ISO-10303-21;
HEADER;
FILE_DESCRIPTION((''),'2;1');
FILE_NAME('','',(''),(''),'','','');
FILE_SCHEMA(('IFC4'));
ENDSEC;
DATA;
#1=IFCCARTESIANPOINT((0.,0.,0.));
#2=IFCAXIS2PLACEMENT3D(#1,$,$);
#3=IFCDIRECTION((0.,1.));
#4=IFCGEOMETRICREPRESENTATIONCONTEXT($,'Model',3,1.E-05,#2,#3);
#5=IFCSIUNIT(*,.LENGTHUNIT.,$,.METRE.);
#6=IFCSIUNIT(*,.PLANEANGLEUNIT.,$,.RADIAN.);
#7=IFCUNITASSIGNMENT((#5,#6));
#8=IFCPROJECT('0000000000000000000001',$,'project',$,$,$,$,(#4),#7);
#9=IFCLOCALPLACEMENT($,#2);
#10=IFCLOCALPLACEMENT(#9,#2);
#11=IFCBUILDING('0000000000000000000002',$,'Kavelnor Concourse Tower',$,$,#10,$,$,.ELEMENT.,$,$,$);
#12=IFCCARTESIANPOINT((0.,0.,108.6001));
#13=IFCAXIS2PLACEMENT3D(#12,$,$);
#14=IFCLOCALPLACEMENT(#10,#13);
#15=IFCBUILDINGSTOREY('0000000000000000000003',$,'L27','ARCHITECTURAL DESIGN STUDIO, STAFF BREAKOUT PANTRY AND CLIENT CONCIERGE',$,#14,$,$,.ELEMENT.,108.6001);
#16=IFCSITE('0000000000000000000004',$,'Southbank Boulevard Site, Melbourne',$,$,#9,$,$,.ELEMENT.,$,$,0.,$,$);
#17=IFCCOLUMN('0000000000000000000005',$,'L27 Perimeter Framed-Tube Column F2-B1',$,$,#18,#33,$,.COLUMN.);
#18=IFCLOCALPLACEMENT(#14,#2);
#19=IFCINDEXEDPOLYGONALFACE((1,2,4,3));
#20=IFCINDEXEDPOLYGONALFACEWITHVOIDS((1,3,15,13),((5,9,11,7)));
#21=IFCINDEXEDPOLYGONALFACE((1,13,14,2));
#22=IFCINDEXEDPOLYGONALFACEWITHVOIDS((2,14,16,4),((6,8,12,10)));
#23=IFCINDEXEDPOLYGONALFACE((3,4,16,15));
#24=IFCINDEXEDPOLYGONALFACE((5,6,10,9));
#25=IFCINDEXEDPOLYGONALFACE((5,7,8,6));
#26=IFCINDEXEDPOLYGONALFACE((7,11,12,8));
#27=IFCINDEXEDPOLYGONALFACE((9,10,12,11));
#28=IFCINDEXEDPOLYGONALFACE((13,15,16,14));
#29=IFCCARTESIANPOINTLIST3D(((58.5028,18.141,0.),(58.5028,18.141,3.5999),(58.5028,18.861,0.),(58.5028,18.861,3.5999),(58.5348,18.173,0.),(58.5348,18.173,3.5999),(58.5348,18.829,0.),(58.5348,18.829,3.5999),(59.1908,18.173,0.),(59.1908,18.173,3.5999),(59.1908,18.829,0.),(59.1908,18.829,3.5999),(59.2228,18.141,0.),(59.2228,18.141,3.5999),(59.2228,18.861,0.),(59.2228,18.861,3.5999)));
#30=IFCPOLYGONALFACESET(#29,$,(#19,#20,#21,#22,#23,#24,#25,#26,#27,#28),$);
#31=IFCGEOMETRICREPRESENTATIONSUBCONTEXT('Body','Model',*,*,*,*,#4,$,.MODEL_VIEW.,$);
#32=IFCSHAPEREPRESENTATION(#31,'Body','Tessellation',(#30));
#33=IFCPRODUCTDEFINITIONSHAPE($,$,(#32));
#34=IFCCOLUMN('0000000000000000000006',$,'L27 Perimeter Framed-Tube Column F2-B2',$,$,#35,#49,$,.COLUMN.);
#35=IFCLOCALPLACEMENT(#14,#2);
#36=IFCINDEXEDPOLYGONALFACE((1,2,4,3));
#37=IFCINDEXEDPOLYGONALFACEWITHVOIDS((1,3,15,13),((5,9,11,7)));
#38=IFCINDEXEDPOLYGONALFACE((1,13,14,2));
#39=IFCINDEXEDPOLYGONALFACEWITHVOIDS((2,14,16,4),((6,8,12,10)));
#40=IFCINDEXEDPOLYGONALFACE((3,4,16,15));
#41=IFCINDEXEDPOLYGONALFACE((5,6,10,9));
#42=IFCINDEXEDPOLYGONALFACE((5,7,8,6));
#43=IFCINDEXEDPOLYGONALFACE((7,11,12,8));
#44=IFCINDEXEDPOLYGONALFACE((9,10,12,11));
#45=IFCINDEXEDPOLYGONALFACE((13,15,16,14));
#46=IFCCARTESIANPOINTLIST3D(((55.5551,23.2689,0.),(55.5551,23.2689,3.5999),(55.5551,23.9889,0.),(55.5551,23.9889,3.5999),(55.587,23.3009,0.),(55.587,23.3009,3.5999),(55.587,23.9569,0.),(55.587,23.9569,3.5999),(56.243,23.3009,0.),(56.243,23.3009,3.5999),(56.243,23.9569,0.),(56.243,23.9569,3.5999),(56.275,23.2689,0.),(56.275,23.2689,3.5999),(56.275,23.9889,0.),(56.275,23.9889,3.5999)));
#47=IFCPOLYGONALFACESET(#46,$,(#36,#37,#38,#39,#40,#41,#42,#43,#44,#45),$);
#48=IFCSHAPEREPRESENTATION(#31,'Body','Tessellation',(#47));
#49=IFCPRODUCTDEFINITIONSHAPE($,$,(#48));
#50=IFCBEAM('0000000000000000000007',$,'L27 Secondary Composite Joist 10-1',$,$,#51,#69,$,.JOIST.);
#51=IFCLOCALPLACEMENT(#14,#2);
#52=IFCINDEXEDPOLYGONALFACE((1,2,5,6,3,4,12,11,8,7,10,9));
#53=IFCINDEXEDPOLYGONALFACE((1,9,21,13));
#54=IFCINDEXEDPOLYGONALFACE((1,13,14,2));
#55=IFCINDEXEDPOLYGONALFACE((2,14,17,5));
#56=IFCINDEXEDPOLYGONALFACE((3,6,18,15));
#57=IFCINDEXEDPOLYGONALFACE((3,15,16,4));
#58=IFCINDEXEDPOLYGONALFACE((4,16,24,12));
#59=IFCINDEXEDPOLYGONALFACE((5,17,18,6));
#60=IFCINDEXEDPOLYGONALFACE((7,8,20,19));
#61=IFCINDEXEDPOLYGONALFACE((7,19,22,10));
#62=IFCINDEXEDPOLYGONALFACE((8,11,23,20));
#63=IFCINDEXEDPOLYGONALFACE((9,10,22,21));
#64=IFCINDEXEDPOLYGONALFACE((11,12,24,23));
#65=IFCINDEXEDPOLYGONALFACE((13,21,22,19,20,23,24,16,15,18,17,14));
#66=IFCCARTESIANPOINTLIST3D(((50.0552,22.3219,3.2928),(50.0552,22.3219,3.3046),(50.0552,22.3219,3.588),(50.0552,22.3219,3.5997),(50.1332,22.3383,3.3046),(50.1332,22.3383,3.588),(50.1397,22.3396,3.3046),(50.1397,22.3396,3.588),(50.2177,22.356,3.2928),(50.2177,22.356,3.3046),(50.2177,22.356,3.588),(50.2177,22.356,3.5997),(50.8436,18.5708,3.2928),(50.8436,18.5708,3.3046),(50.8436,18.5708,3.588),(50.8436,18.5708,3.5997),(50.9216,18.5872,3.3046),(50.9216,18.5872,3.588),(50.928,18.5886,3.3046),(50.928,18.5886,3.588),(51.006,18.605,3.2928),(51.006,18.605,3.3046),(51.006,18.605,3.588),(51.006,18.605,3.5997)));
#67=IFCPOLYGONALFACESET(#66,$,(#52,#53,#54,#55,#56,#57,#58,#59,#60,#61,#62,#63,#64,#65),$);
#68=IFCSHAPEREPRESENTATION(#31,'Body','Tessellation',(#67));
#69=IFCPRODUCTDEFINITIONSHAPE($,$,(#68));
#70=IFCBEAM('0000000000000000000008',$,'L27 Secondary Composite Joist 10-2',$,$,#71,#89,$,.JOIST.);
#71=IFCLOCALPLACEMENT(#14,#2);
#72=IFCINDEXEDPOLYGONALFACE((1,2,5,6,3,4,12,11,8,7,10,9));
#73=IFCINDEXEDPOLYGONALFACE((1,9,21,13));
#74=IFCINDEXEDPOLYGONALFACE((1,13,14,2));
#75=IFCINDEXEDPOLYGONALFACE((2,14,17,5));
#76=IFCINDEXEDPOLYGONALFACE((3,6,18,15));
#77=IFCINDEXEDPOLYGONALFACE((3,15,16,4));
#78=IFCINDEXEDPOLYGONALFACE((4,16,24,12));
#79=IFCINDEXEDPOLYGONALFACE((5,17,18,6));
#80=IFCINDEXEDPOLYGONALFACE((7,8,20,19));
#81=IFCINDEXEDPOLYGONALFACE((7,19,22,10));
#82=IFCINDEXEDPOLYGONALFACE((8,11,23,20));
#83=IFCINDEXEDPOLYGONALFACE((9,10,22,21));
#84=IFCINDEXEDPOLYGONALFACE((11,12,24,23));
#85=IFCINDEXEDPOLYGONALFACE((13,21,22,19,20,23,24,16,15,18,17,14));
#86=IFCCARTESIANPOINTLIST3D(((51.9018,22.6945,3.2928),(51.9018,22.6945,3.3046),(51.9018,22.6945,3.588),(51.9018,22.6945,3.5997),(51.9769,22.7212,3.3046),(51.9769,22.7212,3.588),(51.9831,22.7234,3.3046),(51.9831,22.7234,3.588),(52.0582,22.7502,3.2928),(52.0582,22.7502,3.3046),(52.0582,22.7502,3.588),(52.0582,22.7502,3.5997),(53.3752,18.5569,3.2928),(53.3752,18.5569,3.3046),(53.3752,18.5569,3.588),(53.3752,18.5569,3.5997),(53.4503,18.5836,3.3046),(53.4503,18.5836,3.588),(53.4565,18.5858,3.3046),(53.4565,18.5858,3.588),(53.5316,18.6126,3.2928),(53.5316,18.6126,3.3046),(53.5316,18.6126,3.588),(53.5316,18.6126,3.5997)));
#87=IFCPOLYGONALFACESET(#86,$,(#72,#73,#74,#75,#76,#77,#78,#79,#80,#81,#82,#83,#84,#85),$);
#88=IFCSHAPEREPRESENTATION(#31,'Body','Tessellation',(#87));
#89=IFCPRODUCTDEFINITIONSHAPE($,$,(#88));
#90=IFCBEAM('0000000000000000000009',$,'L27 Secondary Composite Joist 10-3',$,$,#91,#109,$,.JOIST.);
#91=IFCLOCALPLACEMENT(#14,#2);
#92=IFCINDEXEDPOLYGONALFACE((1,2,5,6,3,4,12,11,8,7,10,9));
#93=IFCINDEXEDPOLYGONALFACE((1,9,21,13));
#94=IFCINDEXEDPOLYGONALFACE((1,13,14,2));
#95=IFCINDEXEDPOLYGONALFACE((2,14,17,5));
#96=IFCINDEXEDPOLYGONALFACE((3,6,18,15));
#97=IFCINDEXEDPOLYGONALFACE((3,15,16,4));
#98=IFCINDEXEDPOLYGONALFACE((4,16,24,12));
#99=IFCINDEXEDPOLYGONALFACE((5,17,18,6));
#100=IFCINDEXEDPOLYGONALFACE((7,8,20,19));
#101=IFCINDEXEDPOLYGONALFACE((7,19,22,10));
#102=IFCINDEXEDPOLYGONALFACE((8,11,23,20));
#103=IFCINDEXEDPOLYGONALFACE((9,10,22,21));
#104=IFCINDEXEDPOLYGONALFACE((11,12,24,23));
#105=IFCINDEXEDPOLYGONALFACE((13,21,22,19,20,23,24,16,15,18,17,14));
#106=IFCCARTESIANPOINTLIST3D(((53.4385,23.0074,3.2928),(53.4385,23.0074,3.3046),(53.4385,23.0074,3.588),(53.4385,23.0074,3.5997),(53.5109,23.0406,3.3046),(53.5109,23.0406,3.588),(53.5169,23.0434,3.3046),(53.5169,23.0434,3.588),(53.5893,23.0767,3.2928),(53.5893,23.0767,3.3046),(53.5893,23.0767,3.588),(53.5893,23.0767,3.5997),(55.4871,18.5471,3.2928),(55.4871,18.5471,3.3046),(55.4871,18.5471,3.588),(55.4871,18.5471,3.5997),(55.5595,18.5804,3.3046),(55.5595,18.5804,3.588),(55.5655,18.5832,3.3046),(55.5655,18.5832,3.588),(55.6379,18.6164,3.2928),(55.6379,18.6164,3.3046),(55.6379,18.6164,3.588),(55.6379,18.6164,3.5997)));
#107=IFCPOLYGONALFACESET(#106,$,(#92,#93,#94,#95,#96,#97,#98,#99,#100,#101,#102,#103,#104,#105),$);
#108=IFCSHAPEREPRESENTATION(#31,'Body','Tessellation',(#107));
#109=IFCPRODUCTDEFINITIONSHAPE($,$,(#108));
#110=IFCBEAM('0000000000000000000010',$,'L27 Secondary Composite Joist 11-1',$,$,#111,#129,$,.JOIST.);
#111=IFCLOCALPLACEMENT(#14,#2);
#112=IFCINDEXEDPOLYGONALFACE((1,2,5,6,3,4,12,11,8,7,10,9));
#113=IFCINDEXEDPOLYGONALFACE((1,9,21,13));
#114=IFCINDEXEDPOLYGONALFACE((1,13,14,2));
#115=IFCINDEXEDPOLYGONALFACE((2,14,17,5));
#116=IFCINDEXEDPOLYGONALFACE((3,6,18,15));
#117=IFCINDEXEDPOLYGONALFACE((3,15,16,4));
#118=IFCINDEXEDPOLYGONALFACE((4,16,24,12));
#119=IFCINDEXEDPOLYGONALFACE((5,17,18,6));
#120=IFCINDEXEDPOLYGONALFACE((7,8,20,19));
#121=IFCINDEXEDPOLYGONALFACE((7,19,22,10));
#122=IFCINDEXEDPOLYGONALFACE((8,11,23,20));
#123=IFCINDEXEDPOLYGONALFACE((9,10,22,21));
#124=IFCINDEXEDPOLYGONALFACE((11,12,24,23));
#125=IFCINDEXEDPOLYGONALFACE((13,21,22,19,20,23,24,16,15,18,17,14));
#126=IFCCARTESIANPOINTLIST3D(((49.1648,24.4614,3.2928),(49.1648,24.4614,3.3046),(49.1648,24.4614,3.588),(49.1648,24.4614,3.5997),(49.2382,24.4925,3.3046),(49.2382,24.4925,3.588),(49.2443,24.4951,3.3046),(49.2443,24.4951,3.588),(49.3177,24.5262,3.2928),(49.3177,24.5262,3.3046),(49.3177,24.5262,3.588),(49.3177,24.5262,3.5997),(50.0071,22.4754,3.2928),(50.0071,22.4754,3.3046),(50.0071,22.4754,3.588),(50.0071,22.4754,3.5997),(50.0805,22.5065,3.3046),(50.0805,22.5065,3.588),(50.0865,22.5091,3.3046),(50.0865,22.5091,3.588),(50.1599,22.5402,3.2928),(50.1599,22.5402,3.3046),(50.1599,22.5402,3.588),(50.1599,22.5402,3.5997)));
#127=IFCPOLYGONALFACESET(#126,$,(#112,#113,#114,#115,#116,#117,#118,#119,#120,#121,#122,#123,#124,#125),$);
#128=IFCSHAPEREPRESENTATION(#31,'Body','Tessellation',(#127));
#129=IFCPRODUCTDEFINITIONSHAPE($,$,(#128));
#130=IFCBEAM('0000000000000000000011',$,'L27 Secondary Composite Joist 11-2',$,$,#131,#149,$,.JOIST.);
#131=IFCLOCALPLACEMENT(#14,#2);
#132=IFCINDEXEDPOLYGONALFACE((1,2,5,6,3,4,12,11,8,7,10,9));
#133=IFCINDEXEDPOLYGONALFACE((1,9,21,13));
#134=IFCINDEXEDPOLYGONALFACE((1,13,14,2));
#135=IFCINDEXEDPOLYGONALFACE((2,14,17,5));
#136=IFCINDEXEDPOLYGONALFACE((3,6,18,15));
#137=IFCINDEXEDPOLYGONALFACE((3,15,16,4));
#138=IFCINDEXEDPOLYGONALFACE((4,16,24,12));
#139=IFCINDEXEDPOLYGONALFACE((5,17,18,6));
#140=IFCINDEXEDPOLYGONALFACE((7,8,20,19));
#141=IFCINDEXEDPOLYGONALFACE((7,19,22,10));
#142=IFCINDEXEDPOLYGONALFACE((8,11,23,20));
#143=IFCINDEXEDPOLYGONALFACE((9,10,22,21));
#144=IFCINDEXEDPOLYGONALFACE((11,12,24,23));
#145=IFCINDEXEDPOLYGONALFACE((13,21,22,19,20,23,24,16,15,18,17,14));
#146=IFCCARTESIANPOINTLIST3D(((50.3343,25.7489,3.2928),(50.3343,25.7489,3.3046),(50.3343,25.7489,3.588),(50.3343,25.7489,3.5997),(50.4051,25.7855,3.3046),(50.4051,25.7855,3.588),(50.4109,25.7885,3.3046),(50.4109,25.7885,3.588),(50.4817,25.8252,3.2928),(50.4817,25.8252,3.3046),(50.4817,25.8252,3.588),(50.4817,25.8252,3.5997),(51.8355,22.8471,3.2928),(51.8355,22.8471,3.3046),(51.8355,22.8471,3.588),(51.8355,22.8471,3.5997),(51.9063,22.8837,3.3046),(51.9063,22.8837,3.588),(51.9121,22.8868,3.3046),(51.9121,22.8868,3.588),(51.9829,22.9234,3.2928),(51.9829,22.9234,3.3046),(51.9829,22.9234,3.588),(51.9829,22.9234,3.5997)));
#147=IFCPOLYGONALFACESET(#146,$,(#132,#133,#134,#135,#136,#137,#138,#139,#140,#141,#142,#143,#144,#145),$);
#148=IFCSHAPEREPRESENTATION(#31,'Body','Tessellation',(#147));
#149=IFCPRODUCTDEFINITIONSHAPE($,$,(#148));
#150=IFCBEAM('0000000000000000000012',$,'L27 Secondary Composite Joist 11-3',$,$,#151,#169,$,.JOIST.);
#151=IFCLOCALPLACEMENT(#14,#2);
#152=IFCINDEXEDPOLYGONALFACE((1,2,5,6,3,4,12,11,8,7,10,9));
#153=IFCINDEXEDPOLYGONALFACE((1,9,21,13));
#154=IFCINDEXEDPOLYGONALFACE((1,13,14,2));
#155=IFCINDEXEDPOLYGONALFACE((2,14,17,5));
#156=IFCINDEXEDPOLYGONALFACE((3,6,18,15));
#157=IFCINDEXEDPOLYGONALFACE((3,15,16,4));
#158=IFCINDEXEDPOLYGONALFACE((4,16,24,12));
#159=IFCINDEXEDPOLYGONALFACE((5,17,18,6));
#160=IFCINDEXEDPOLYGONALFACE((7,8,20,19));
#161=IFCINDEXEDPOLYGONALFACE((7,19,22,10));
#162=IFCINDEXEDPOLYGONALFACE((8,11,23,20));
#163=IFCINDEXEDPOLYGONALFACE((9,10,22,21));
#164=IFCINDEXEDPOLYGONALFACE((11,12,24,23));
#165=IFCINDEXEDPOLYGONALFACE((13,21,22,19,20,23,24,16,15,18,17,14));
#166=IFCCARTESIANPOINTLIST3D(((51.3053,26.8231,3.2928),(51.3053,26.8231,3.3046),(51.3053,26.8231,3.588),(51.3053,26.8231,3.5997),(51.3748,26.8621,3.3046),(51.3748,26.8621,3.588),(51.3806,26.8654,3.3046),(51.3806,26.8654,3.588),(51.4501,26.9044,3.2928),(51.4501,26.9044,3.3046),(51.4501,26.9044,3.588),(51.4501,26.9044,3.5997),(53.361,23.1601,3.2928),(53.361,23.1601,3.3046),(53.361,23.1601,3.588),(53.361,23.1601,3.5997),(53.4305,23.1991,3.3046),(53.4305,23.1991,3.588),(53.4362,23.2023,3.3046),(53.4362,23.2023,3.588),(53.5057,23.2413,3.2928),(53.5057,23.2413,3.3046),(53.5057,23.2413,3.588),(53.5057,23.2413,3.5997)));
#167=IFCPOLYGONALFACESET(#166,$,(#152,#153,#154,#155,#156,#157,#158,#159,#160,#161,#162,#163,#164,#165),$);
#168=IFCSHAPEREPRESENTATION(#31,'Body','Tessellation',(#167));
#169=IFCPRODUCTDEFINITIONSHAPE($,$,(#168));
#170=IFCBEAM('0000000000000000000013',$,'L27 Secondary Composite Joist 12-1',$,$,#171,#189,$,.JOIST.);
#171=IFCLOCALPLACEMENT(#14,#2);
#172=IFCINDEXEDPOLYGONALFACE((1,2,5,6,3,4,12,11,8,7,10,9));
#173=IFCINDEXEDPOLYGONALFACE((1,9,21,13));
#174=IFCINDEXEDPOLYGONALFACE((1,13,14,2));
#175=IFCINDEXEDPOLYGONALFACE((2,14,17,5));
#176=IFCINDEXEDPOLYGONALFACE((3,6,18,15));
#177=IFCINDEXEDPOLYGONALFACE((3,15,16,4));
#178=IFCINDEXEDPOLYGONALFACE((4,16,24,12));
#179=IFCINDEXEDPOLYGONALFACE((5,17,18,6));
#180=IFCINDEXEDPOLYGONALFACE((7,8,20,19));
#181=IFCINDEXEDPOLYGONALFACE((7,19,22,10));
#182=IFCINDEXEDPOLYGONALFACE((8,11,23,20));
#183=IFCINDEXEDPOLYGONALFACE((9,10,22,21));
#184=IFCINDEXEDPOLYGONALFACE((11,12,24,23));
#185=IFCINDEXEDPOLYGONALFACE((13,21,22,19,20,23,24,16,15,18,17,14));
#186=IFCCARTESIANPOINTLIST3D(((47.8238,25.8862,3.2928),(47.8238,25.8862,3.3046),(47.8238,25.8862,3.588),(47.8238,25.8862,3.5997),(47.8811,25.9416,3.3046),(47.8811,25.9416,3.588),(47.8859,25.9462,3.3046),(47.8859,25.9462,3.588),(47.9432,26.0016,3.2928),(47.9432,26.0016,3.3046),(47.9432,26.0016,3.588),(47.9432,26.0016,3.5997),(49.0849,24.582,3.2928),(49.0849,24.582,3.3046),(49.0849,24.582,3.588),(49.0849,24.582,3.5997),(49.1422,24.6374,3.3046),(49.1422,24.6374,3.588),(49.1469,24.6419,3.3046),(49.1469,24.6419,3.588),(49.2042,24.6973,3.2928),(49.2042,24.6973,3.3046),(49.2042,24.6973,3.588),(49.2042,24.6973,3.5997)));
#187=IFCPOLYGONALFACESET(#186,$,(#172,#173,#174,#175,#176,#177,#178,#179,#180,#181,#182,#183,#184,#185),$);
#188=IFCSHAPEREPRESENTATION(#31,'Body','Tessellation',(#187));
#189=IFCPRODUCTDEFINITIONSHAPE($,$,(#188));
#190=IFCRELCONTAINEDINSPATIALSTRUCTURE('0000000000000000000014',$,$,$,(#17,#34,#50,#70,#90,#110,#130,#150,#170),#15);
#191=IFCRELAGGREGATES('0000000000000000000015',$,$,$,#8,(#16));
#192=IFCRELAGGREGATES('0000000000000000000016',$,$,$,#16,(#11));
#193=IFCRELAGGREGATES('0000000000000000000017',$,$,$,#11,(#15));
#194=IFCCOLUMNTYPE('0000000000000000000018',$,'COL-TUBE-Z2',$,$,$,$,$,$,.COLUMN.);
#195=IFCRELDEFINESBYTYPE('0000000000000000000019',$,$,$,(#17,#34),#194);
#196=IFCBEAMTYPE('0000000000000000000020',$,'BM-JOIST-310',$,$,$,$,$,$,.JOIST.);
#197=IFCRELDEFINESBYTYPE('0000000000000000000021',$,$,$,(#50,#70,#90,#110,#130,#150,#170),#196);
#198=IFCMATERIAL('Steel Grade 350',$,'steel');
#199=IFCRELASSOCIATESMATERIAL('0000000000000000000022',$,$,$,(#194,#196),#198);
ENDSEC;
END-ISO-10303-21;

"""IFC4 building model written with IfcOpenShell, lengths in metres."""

from ifc_helpers import new_model, si_unit, direction, frame, origin, origin_2d, place, context, subcontext, project, spatial, hollow_rectangle, i_section, extrude, material, material_profile, profile_set, type_object, element, save


model = new_model("IFC4")

# Units and contexts
model_context = context("Model", 3, precision=1e-05, world=origin(), true_north=direction((0.0, 1.0)))
body_context = subcontext(model_context, "Body", "Model", "MODEL_VIEW")
ifc_project = project(units=[si_unit("LENGTHUNIT", "METRE"), si_unit("PLANEANGLEUNIT", "RADIAN")], contexts=[model_context])

# Site, building, storey
site_placement = place(None, origin())
site = spatial("IfcSite", under=ifc_project, at=site_placement, Name="Southbank Boulevard Site, Melbourne", CompositionType="ELEMENT", RefElevation=0.0)
building_placement = place(site_placement, origin())
building = spatial("IfcBuilding", under=site, at=building_placement, Name="Kavelnor Concourse Tower", CompositionType="ELEMENT")
storey_placement = place(building_placement, frame((0.0, 0.0, 108.6001)))
storey = spatial("IfcBuildingStorey", under=building, at=storey_placement, Name="L27", Description="ARCHITECTURAL DESIGN STUDIO, STAFF BREAKOUT PANTRY AND CLIENT CONCIERGE", CompositionType="ELEMENT", Elevation=108.6001)

# Columns
ifc_material_1 = material(Name="Steel Grade 350", Category="steel")
ifc_material_profile_1 = material_profile(ifc_material_1, hollow_rectangle(XDim=0.72, YDim=0.72, WallThickness=0.032, at=origin_2d()), Name="SHS 720x720x32")
ifc_profile_set_1 = profile_set([ifc_material_profile_1], Name="Steel Grade 350")
column_type = type_object("IfcColumnType", Name="COL-TUBE-Z2", PredefinedType="COLUMN", material=ifc_profile_set_1)
for number, where, z_axis, x_axis, name in (
    (1, (58.8628, 18.501, 0.0), (0.0, 0.0, 1.0), (1.0, 0.0, 0.0), "L27 Perimeter Framed-Tube Column F2-B1"),
    (2, (55.915, 23.6289, 0.0), (0.0, 0.0, 1.0), (1.0, 0.0, 0.0), "L27 Perimeter Framed-Tube Column F2-B2"),
):
    element("IfcColumn", number, at=place(storey_placement, frame(where, z_axis=z_axis, x_axis=x_axis)), inside=storey, type_object=column_type, Name=name, PredefinedType="COLUMN", context=body_context, shape_type="SweptSolid", body=[
        extrude(hollow_rectangle(XDim=0.72, YDim=0.72, WallThickness=0.032, at=origin_2d()), origin(), (0.0, 0.0, 1.0), 3.5999),
    ])

# Beams
ifc_material_profile_2 = material_profile(ifc_material_1, i_section(OverallWidth=0.166, OverallDepth=0.3069, WebThickness=0.0066, FlangeThickness=0.0117, at=origin_2d()), Name="310UB46")
ifc_profile_set_2 = profile_set([ifc_material_profile_2], Name="Steel Grade 350")
beam_type_1 = type_object("IfcBeamType", Name="BM-JOIST-310", PredefinedType="JOIST", material=ifc_profile_set_2)
beam_1_placement = place(storey_placement, frame((50.9248, 18.5879, 3.4463), z_axis=(-0.205673, 0.978621, 0.0), x_axis=(-0.978621, -0.205673, 0.0)))
element("IfcBeam", 3, at=beam_1_placement, inside=storey, type_object=beam_type_1, Name="L27 Secondary Composite Joist 10-1", PredefinedType="JOIST", context=body_context, shape_type="SweptSolid", body=[
    extrude(i_section(OverallWidth=0.166, OverallDepth=0.3069, WebThickness=0.0066, FlangeThickness=0.0117, at=origin_2d()), origin(), (0.0, 0.0, 1.0), 3.833),
])
beam_2_placement = place(storey_placement, frame((53.4534, 18.5847, 3.4463), z_axis=(-0.335456, 0.942056, 0.0), x_axis=(-0.942056, -0.335456, 0.0)))
element("IfcBeam", 4, at=beam_2_placement, inside=storey, type_object=beam_type_1, Name="L27 Secondary Composite Joist 10-2", PredefinedType="JOIST", context=body_context, shape_type="SweptSolid", body=[
    extrude(i_section(OverallWidth=0.166, OverallDepth=0.3069, WebThickness=0.0066, FlangeThickness=0.0117, at=origin_2d()), origin(), (0.0, 0.0, 1.0), 4.3921),
])
beam_3_placement = place(storey_placement, frame((55.5625, 18.5818, 3.4463), z_axis=(-0.417383, 0.908731, 0.0), x_axis=(-0.908731, -0.417383, 0.0)))
element("IfcBeam", 5, at=beam_3_placement, inside=storey, type_object=beam_type_1, Name="L27 Secondary Composite Joist 10-3", PredefinedType="JOIST", context=body_context, shape_type="SweptSolid", body=[
    extrude(i_section(OverallWidth=0.166, OverallDepth=0.3069, WebThickness=0.0066, FlangeThickness=0.0117, at=origin_2d()), origin(), (0.0, 0.0, 1.0), 4.9082),
])
beam_4_placement = place(storey_placement, frame((50.0835, 22.5078, 3.4463), z_axis=(-0.390434, 0.920631, 0.0), x_axis=(-0.920631, -0.390434, 0.0)))
element("IfcBeam", 6, at=beam_4_placement, inside=storey, type_object=beam_type_1, Name="L27 Secondary Composite Joist 11-1", PredefinedType="JOIST", context=body_context, shape_type="SweptSolid", body=[
    extrude(i_section(OverallWidth=0.166, OverallDepth=0.3069, WebThickness=0.0066, FlangeThickness=0.0117, at=origin_2d()), origin(), (0.0, 0.0, 1.0), 2.1572),
])
beam_5_placement = place(storey_placement, frame((51.9092, 22.8853, 3.4463), z_axis=(-0.459486, 0.888185, 0.0), x_axis=(-0.888185, -0.459486, 0.0)))
element("IfcBeam", 7, at=beam_5_placement, inside=storey, type_object=beam_type_1, Name="L27 Secondary Composite Joist 11-2", PredefinedType="JOIST", context=body_context, shape_type="SweptSolid", body=[
    extrude(i_section(OverallWidth=0.166, OverallDepth=0.3069, WebThickness=0.0066, FlangeThickness=0.0117, at=origin_2d()), origin(), (0.0, 0.0, 1.0), 3.2671),
])
beam_6_placement = place(storey_placement, frame((53.4333, 23.2007, 3.4463), z_axis=(-0.489389, 0.872066, 0.0), x_axis=(-0.872066, -0.489389, 0.0)))
element("IfcBeam", 8, at=beam_6_placement, inside=storey, type_object=beam_type_1, Name="L27 Secondary Composite Joist 11-3", PredefinedType="JOIST", context=body_context, shape_type="SweptSolid", body=[
    extrude(i_section(OverallWidth=0.166, OverallDepth=0.3069, WebThickness=0.0066, FlangeThickness=0.0117, at=origin_2d()), origin(), (0.0, 0.0, 1.0), 4.2004),
])
beam_7_placement = place(storey_placement, frame((49.1445, 24.6396, 3.4463), z_axis=(-0.695096, 0.718917, 0.0), x_axis=(-0.718917, -0.695096, 0.0)))
element("IfcBeam", 9, at=beam_7_placement, inside=storey, type_object=beam_type_1, Name="L27 Secondary Composite Joist 12-1", PredefinedType="JOIST", context=body_context, shape_type="SweptSolid", body=[
    extrude(i_section(OverallWidth=0.166, OverallDepth=0.3069, WebThickness=0.0066, FlangeThickness=0.0117, at=origin_2d()), origin(), (0.0, 0.0, 1.0), 1.8142),
])

save(model, "model.ifc")
